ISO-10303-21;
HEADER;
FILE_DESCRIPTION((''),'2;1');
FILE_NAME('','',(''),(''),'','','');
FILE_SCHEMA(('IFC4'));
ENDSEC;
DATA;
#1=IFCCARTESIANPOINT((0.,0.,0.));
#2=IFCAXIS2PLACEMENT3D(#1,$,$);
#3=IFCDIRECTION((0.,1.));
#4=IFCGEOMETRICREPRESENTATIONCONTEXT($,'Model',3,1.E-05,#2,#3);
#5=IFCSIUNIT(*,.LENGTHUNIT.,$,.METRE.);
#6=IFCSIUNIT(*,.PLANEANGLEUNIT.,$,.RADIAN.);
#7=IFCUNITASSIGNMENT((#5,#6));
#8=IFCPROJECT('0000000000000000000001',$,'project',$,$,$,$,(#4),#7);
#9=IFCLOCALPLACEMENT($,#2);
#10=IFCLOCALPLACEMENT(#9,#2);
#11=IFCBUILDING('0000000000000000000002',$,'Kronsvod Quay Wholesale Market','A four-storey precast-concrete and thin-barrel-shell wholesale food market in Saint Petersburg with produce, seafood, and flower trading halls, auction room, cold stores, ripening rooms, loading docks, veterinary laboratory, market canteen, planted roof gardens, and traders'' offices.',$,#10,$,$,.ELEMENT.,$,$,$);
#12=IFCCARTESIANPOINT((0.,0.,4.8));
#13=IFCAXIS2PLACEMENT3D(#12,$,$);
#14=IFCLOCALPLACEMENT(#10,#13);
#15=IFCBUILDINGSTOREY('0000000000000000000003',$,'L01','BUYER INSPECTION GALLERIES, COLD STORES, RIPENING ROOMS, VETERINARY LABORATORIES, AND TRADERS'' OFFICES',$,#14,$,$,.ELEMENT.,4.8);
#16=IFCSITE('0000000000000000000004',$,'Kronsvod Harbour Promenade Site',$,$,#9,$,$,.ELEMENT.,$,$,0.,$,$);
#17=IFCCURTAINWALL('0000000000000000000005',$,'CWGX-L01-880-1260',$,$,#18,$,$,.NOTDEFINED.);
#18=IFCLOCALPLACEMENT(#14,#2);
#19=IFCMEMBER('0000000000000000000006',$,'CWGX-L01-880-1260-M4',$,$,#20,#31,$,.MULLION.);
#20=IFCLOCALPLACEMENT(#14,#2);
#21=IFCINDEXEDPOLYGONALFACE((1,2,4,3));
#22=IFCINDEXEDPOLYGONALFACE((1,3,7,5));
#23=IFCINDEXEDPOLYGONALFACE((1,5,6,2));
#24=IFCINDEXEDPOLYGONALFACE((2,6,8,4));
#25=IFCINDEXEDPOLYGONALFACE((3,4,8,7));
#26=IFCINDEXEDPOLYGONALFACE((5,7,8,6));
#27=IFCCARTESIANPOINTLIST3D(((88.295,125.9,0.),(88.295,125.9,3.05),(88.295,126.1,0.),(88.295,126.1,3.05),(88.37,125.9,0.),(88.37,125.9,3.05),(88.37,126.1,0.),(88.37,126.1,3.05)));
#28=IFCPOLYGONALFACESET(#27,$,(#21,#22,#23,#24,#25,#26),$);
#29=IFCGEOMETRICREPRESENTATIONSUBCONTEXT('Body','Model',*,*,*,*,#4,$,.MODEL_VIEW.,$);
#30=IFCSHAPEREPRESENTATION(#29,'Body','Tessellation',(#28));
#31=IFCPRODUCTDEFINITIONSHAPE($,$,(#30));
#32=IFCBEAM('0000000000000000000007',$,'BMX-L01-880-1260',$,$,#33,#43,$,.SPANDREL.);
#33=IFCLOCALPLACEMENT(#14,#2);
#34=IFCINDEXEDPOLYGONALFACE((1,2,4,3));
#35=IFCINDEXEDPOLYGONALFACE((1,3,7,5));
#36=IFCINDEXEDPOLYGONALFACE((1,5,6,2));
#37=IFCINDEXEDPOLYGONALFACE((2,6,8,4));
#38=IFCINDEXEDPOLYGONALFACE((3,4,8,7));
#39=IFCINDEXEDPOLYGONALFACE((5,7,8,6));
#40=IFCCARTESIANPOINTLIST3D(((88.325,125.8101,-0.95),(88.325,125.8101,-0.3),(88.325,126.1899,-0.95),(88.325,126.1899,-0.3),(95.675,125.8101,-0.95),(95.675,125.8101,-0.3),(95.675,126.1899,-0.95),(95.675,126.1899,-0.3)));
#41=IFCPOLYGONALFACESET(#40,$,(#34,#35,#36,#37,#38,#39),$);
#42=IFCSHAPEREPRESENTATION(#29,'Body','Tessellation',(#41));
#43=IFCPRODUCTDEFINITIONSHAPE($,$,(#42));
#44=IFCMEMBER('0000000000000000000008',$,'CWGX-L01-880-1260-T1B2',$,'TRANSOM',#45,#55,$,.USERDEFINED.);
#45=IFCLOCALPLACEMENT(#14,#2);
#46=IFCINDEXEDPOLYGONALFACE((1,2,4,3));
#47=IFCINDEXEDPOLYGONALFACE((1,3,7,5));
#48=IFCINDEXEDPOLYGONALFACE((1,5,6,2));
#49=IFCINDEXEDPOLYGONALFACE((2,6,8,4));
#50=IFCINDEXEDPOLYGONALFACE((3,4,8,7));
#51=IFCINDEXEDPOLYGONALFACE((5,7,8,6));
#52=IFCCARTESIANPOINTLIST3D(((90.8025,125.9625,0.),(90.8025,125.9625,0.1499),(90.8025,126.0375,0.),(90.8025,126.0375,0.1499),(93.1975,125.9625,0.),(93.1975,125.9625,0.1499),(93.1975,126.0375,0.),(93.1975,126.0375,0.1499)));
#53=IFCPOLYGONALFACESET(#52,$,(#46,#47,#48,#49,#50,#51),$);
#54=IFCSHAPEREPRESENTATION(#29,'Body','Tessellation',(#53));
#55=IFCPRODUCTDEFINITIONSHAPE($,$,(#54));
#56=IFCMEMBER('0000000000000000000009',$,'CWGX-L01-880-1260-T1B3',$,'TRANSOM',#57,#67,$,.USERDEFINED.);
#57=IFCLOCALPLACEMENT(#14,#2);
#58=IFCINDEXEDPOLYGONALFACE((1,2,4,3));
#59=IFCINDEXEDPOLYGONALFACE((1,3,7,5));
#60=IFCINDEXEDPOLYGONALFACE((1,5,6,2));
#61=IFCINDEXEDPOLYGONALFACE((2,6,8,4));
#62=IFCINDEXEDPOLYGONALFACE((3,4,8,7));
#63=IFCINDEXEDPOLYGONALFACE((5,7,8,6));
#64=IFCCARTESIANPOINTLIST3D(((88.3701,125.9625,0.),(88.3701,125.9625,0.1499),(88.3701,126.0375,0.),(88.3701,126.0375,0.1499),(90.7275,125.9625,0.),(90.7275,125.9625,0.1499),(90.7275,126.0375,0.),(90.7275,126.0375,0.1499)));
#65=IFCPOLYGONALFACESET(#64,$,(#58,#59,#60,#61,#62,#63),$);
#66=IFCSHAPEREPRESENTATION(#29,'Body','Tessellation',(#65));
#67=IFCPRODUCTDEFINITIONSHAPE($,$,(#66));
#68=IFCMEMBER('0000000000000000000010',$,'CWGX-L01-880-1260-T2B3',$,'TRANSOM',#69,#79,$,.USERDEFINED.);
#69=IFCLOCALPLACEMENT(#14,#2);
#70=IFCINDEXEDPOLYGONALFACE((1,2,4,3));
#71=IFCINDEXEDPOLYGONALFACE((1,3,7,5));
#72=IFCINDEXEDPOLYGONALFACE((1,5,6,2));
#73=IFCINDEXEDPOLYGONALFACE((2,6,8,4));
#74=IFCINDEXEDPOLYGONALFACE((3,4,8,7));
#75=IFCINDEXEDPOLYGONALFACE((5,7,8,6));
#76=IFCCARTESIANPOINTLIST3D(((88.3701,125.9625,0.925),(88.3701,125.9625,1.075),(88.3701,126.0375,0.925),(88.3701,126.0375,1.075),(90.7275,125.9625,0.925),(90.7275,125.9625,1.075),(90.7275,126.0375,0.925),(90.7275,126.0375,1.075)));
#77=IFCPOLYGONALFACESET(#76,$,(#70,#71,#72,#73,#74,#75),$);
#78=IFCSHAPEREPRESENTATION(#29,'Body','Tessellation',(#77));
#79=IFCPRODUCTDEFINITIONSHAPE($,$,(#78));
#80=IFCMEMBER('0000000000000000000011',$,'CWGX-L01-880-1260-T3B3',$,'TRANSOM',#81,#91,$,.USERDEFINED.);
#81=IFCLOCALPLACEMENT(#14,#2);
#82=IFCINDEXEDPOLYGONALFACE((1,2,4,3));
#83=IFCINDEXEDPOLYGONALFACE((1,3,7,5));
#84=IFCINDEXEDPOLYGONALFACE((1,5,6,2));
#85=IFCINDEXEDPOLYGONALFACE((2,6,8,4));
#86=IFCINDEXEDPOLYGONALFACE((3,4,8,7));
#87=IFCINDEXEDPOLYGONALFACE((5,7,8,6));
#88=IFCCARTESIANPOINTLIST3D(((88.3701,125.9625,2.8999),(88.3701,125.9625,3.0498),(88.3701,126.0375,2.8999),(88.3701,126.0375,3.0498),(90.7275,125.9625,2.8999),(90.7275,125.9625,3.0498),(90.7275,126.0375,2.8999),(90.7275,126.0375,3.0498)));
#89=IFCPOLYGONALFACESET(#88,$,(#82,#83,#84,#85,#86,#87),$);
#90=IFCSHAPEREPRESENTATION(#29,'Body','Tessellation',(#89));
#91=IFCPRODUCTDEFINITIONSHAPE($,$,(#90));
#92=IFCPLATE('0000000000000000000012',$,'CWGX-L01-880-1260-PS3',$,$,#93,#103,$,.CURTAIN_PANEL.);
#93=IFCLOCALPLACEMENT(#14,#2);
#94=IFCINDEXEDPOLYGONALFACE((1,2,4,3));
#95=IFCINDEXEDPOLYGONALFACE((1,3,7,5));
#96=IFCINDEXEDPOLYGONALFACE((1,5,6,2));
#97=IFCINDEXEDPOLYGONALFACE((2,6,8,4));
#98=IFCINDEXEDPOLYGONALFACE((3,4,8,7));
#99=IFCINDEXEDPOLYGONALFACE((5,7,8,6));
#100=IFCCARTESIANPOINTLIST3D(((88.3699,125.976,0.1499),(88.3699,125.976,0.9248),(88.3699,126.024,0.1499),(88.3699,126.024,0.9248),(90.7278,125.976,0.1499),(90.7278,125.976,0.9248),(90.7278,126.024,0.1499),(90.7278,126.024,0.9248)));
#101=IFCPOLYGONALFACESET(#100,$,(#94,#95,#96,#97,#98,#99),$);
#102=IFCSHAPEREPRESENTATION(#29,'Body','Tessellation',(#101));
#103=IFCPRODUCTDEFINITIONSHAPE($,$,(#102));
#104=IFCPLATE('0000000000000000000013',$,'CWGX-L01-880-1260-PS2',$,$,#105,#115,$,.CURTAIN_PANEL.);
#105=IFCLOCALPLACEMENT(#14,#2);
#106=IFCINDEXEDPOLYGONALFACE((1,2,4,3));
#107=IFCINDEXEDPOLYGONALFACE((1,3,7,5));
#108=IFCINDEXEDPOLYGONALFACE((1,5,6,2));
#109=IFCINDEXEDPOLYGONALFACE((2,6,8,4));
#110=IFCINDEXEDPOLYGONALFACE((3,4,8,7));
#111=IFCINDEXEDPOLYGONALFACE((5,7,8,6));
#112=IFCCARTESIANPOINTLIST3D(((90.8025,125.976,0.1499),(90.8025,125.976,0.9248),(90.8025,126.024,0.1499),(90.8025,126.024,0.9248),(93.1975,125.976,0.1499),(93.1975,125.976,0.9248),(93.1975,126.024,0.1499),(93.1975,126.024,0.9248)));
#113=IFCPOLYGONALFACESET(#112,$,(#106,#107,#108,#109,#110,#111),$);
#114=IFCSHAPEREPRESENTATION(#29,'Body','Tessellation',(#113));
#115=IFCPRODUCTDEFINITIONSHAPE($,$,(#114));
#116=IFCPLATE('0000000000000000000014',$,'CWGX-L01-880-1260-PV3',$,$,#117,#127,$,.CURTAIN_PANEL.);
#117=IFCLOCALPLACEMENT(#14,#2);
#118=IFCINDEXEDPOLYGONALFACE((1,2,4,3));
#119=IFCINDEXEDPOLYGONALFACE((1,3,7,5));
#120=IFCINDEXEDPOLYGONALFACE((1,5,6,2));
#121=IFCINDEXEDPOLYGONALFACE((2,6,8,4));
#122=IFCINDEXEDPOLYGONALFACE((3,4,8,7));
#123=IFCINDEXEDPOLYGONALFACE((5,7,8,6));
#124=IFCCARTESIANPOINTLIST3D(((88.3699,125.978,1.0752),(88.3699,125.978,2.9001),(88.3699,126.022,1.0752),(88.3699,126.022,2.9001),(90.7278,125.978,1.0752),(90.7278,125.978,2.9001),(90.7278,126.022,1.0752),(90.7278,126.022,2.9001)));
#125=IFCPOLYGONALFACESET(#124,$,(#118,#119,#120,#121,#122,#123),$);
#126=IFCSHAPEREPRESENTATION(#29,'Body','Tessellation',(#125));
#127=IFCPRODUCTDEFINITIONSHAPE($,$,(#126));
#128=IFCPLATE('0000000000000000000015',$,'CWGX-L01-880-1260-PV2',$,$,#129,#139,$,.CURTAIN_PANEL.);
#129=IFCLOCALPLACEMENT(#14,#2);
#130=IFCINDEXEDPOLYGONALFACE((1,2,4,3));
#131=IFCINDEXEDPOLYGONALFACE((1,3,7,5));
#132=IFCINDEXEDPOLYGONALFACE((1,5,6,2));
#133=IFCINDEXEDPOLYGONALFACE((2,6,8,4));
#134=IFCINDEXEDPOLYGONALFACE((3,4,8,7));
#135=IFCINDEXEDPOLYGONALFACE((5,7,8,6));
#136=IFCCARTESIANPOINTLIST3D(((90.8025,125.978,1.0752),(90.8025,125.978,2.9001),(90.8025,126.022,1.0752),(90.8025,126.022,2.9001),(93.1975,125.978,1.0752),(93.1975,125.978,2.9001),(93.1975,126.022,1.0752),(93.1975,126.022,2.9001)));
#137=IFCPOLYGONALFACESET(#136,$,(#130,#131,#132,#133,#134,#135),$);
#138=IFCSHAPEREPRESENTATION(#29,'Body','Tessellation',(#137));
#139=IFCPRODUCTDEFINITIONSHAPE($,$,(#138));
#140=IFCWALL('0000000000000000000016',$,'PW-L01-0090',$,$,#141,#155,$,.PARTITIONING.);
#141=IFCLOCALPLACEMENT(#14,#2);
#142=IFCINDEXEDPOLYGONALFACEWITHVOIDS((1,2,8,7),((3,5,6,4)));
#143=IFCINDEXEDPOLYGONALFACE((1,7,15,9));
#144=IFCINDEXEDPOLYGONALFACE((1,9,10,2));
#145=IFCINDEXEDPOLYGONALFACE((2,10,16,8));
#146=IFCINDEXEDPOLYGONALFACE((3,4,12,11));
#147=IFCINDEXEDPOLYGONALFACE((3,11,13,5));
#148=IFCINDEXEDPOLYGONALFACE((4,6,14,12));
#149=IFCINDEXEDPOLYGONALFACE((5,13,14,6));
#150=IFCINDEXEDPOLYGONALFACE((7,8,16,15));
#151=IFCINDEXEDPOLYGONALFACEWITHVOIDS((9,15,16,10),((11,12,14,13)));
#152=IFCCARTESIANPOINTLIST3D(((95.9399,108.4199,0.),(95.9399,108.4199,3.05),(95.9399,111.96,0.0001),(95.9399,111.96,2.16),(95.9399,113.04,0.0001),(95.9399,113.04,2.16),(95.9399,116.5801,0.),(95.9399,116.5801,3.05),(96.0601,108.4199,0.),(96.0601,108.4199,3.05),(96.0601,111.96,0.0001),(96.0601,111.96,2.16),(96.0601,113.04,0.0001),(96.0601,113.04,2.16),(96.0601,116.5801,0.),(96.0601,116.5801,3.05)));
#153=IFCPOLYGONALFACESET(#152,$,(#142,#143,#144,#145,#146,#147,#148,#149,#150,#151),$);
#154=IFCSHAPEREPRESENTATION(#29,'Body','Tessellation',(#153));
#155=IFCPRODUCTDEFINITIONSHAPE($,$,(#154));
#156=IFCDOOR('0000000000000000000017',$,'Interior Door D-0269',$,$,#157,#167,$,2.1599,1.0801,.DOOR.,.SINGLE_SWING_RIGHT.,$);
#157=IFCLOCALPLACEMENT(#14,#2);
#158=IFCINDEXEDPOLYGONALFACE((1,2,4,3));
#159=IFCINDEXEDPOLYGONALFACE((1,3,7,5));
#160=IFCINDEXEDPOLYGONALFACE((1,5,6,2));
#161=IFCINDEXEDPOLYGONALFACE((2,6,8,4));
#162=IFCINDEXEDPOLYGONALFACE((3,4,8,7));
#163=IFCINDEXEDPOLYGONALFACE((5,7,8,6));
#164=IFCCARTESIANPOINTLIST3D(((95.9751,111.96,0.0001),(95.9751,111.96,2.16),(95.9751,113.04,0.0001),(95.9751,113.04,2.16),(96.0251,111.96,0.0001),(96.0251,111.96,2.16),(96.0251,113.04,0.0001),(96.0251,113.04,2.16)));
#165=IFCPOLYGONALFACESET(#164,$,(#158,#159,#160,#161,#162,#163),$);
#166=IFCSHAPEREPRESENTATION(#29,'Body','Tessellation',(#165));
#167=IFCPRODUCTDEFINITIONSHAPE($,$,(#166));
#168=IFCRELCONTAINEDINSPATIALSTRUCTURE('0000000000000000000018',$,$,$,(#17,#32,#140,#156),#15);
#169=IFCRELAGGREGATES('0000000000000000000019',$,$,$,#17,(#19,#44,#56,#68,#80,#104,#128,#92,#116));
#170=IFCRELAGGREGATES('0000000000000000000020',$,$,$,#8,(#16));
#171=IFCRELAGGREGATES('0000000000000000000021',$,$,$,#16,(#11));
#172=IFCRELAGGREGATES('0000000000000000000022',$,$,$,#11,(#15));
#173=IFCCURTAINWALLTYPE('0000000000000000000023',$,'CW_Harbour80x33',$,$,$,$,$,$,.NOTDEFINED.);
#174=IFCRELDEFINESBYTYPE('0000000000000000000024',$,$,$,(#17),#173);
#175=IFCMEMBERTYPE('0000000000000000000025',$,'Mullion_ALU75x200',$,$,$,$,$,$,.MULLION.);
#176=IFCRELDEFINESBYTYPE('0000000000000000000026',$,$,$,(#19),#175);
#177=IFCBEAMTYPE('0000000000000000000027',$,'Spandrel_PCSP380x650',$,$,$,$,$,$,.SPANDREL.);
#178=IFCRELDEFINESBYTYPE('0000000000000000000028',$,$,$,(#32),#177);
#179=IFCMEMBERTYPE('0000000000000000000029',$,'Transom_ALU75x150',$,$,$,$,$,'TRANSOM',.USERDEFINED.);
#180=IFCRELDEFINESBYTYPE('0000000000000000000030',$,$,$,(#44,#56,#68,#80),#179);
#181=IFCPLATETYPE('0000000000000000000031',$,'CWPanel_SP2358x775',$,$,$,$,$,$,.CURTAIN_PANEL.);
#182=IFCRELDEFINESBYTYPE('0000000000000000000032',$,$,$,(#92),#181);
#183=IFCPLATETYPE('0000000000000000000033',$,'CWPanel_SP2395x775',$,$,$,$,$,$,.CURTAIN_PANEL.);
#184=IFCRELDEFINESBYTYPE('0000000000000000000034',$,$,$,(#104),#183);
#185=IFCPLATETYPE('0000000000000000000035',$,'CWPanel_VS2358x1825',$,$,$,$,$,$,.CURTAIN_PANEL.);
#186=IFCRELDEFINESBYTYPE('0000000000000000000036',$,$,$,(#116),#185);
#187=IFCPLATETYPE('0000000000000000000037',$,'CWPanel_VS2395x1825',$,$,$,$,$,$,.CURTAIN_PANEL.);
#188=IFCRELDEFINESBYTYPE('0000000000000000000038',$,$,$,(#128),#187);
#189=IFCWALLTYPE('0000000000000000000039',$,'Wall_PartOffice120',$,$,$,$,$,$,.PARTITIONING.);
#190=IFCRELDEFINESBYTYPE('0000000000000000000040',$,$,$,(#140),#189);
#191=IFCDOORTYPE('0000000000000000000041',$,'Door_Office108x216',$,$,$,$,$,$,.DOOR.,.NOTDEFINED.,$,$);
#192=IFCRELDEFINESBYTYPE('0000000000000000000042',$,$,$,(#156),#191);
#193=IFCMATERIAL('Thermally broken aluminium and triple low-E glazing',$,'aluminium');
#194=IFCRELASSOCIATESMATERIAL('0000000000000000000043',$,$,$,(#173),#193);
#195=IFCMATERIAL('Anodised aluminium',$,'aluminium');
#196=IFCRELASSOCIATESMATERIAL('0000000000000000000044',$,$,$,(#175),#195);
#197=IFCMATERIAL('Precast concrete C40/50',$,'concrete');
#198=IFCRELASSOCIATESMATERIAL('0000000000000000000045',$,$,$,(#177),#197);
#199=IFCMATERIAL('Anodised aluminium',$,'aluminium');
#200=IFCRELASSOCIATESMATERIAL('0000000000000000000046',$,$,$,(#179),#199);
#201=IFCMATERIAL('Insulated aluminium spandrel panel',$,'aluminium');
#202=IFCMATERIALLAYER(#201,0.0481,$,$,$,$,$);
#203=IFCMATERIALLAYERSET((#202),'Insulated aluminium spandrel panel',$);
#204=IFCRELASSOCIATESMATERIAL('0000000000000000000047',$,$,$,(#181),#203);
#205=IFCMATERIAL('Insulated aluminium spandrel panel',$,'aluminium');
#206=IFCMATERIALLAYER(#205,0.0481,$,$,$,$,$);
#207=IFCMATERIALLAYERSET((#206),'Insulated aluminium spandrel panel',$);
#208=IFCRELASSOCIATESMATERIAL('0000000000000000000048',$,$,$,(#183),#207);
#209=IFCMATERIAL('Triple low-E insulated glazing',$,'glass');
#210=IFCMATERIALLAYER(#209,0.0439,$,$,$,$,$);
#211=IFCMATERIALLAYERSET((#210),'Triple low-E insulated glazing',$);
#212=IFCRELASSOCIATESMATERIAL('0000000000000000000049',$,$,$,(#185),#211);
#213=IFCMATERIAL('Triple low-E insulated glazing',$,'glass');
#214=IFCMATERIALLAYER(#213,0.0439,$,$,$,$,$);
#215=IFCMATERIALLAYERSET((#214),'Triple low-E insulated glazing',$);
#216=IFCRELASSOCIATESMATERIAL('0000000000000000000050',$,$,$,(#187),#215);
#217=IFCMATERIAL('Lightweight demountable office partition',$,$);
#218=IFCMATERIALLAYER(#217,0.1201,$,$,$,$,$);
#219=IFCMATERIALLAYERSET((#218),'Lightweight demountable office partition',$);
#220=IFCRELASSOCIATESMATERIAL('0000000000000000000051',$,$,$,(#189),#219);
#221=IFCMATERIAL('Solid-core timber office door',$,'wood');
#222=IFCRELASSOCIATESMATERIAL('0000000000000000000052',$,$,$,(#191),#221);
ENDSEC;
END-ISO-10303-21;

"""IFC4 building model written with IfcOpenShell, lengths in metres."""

from ifc_helpers import new_model, si_unit, direction, frame, frame_2d, origin, origin_2d, place, context, subcontext, project, spatial, rectangle, extrude, material, layer, layer_set, material_profile, profile_set, type_object, element, fill, aggregate, save


model = new_model("IFC4")

# Units and contexts
model_context = context("Model", 3, precision=1e-05, world=origin(), true_north=direction((0.0, 1.0)))
body_context = subcontext(model_context, "Body", "Model", "MODEL_VIEW")
ifc_project = project(units=[si_unit("LENGTHUNIT", "METRE"), si_unit("PLANEANGLEUNIT", "RADIAN")], contexts=[model_context])

# Site, building, storey
site_placement = place(None, origin())
site = spatial("IfcSite", under=ifc_project, at=site_placement, Name="Kronsvod Harbour Promenade Site", CompositionType="ELEMENT", RefElevation=0.0)
building_placement = place(site_placement, origin())
building = spatial("IfcBuilding", under=site, at=building_placement, Name="Kronsvod Quay Wholesale Market", Description="A four-storey precast-concrete and thin-barrel-shell wholesale food market in Saint Petersburg with produce, seafood, and flower trading halls, auction room, cold stores, ripening rooms, loading docks, veterinary laboratory, market canteen, planted roof gardens, and traders' offices.", CompositionType="ELEMENT")
storey_placement = place(building_placement, frame((0.0, 0.0, 4.8)))
storey = spatial("IfcBuildingStorey", under=building, at=storey_placement, Name="L01", Description="BUYER INSPECTION GALLERIES, COLD STORES, RIPENING ROOMS, VETERINARY LABORATORIES, AND TRADERS' OFFICES", CompositionType="ELEMENT", Elevation=4.8)

# Curtain wall, member
ifc_material_1 = material(Name="Thermally broken aluminium and triple low-E glazing", Category="aluminium")
curtain_wall_type = type_object("IfcCurtainWallType", Name="CW_Harbour80x33", PredefinedType="NOTDEFINED", material=ifc_material_1)
curtain_wall_placement = place(storey_placement, origin())
curtain_wall = element("IfcCurtainWall", 1, at=curtain_wall_placement, inside=storey, type_object=curtain_wall_type, Name="CWGX-L01-880-1260", PredefinedType="NOTDEFINED")
ifc_material_2 = material(Name="Anodised aluminium", Category="aluminium")
ifc_material_profile_1 = material_profile(ifc_material_2, rectangle(XDim=0.075, YDim=0.2, at=origin_2d()), Name="ALUM75x200")
ifc_profile_set_1 = profile_set([ifc_material_profile_1], Name="Anodised aluminium")
member_type_1 = type_object("IfcMemberType", Name="Mullion_ALU75x200", PredefinedType="MULLION", material=ifc_profile_set_1)
member_1_placement = place(storey_placement, frame((88.3325, 126.0, 0.0), z_axis=(0.0, 0.0, 1.0), x_axis=(1.0, 0.0, 0.0)))
member_1 = element("IfcMember", 2, at=member_1_placement, type_object=member_type_1, Name="CWGX-L01-880-1260-M4", PredefinedType="MULLION", context=body_context, shape_type="SweptSolid", body=[
    extrude(rectangle(XDim=0.075, YDim=0.2, at=origin_2d()), origin(), (0.0, 0.0, 1.0), 3.05),
])

# Beam
ifc_material_3 = material(Name="Precast concrete C40/50", Category="concrete")
ifc_material_profile_2 = material_profile(ifc_material_3, rectangle(XDim=0.3799, YDim=0.6499, at=origin_2d()), Name="SPB-03")
ifc_profile_set_2 = profile_set([ifc_material_profile_2], Name="Precast concrete C40/50")
beam_type_1 = type_object("IfcBeamType", Name="Spandrel_PCSP380x650", PredefinedType="SPANDREL", material=ifc_profile_set_2)
beam_1_placement = place(storey_placement, frame((88.325, 126.0, -0.625), z_axis=(1.0, 0.0, 0.0), x_axis=(0.0, 1.0, 0.0)))
element("IfcBeam", 3, at=beam_1_placement, inside=storey, type_object=beam_type_1, Name="BMX-L01-880-1260", PredefinedType="SPANDREL", context=body_context, shape_type="SweptSolid", body=[
    extrude(rectangle(XDim=0.3799, YDim=0.6499, at=origin_2d()), origin(), (0.0, 0.0, 1.0), 7.3501),
])

# Members
ifc_material_4 = material(Name="Anodised aluminium", Category="aluminium")
ifc_material_profile_3 = material_profile(ifc_material_4, rectangle(XDim=0.075, YDim=0.1499, at=origin_2d()), Name="ALUT75x150")
ifc_profile_set_3 = profile_set([ifc_material_profile_3], Name="Anodised aluminium")
member_type_2 = type_object("IfcMemberType", Name="Transom_ALU75x150", ElementType="TRANSOM", PredefinedType="USERDEFINED", material=ifc_profile_set_3)
member_2_placement = place(storey_placement, frame((93.1975, 126.0, 0.075), z_axis=(-1.0, 0.0, 0.0), x_axis=(0.0, -1.0, 0.0)))
member_2 = element("IfcMember", 4, at=member_2_placement, type_object=member_type_2, Name="CWGX-L01-880-1260-T1B2", ObjectType="TRANSOM", PredefinedType="USERDEFINED", context=body_context, shape_type="SweptSolid", body=[
    extrude(rectangle(XDim=0.075, YDim=0.1499, at=origin_2d()), origin(), (0.0, 0.0, 1.0), 2.395),
])
member_3_placement = place(storey_placement, frame((90.7275, 126.0, 0.075), z_axis=(-1.0, 0.0, 0.0), x_axis=(0.0, -1.0, 0.0)))
member_3 = element("IfcMember", 5, at=member_3_placement, type_object=member_type_2, Name="CWGX-L01-880-1260-T1B3", ObjectType="TRANSOM", PredefinedType="USERDEFINED", context=body_context, shape_type="SweptSolid", body=[
    extrude(rectangle(XDim=0.075, YDim=0.1499, at=origin_2d()), origin(), (0.0, 0.0, 1.0), 2.3574),
])
member_4_placement = place(storey_placement, frame((90.7275, 126.0, 1.0), z_axis=(-1.0, 0.0, 0.0), x_axis=(0.0, -1.0, 0.0)))
member_4 = element("IfcMember", 6, at=member_4_placement, type_object=member_type_2, Name="CWGX-L01-880-1260-T2B3", ObjectType="TRANSOM", PredefinedType="USERDEFINED", context=body_context, shape_type="SweptSolid", body=[
    extrude(rectangle(XDim=0.075, YDim=0.1499, at=origin_2d()), origin(), (0.0, 0.0, 1.0), 2.3574),
])
member_5_placement = place(storey_placement, frame((90.7275, 126.0, 2.9749), z_axis=(-1.0, 0.0, 0.0), x_axis=(0.0, -1.0, 0.0)))
member_5 = element("IfcMember", 7, at=member_5_placement, type_object=member_type_2, Name="CWGX-L01-880-1260-T3B3", ObjectType="TRANSOM", PredefinedType="USERDEFINED", context=body_context, shape_type="SweptSolid", body=[
    extrude(rectangle(XDim=0.075, YDim=0.1499, at=origin_2d()), origin(), (0.0, 0.0, 1.0), 2.3574),
])

# Plates
ifc_material_5 = material(Name="Insulated aluminium spandrel panel", Category="aluminium")
ifc_layer_1 = layer(ifc_material_5, 0.0481)
ifc_layer_set_1 = layer_set([ifc_layer_1], Name="Insulated aluminium spandrel panel")
plate_type_1 = type_object("IfcPlateType", Name="CWPanel_SP2358x775", PredefinedType="CURTAIN_PANEL", material=ifc_layer_set_1)
plate_1_placement = place(storey_placement, frame((89.5488, 126.0, 0.1499), z_axis=(0.0, 0.0, 1.0), x_axis=(-1.0, 0.0, 0.0)))
plate_1 = element("IfcPlate", 8, at=plate_1_placement, type_object=plate_type_1, Name="CWGX-L01-880-1260-PS3", PredefinedType="CURTAIN_PANEL", context=body_context, shape_type="SweptSolid", body=[
    extrude(rectangle(XDim=2.3579, YDim=0.0481, at=origin_2d()), origin(), (0.0, 0.0, 1.0), 0.7749),
])
ifc_material_6 = material(Name="Insulated aluminium spandrel panel", Category="aluminium")
ifc_layer_2 = layer(ifc_material_6, 0.0481)
ifc_layer_set_2 = layer_set([ifc_layer_2], Name="Insulated aluminium spandrel panel")
plate_type_2 = type_object("IfcPlateType", Name="CWPanel_SP2395x775", PredefinedType="CURTAIN_PANEL", material=ifc_layer_set_2)
plate_2_placement = place(storey_placement, frame((92.0, 126.0, 0.1499), z_axis=(0.0, 0.0, 1.0), x_axis=(-1.0, 0.0, 0.0)))
plate_2 = element("IfcPlate", 9, at=plate_2_placement, type_object=plate_type_2, Name="CWGX-L01-880-1260-PS2", PredefinedType="CURTAIN_PANEL", context=body_context, shape_type="SweptSolid", body=[
    extrude(rectangle(XDim=2.395, YDim=0.0481, at=origin_2d()), origin(), (0.0, 0.0, 1.0), 0.7749),
])
ifc_material_7 = material(Name="Triple low-E insulated glazing", Category="glass")
ifc_layer_3 = layer(ifc_material_7, 0.0439)
ifc_layer_set_3 = layer_set([ifc_layer_3], Name="Triple low-E insulated glazing")
plate_type_3 = type_object("IfcPlateType", Name="CWPanel_VS2358x1825", PredefinedType="CURTAIN_PANEL", material=ifc_layer_set_3)
plate_3_placement = place(storey_placement, frame((89.5488, 126.0, 1.0752), z_axis=(0.0, 0.0, 1.0), x_axis=(-1.0, 0.0, 0.0)))
plate_3 = element("IfcPlate", 10, at=plate_3_placement, type_object=plate_type_3, Name="CWGX-L01-880-1260-PV3", PredefinedType="CURTAIN_PANEL", context=body_context, shape_type="SweptSolid", body=[
    extrude(rectangle(XDim=2.3579, YDim=0.0439, at=origin_2d()), origin(), (0.0, 0.0, 1.0), 1.825),
])
ifc_material_8 = material(Name="Triple low-E insulated glazing", Category="glass")
ifc_layer_4 = layer(ifc_material_8, 0.0439)
ifc_layer_set_4 = layer_set([ifc_layer_4], Name="Triple low-E insulated glazing")
plate_type_4 = type_object("IfcPlateType", Name="CWPanel_VS2395x1825", PredefinedType="CURTAIN_PANEL", material=ifc_layer_set_4)
plate_4_placement = place(storey_placement, frame((92.0, 126.0, 1.0752), z_axis=(0.0, 0.0, 1.0), x_axis=(-1.0, 0.0, 0.0)))
plate_4 = element("IfcPlate", 11, at=plate_4_placement, type_object=plate_type_4, Name="CWGX-L01-880-1260-PV2", PredefinedType="CURTAIN_PANEL", context=body_context, shape_type="SweptSolid", body=[
    extrude(rectangle(XDim=2.395, YDim=0.0439, at=origin_2d()), origin(), (0.0, 0.0, 1.0), 1.825),
])
aggregate(curtain_wall, [member_1, member_2, member_3, member_4, member_5, plate_2, plate_4, plate_1, plate_3])

# Wall, opening, door
ifc_material_9 = material(Name="Lightweight demountable office partition")
ifc_layer_5 = layer(ifc_material_9, 0.1201)
ifc_layer_set_5 = layer_set([ifc_layer_5], Name="Lightweight demountable office partition")
wall_type_1 = type_object("IfcWallType", Name="Wall_PartOffice120", PredefinedType="PARTITIONING", material=ifc_layer_set_5)
wall_1_placement = place(storey_placement, frame((96.0, 108.4199, 0.0), z_axis=(0.0, 0.0, 1.0), x_axis=(0.0, 1.0, 0.0)))
wall_1 = element("IfcWall", 12, at=wall_1_placement, inside=storey, type_object=wall_type_1, Name="PW-L01-0090", PredefinedType="PARTITIONING", context=body_context, shape_type="SweptSolid", body=[
    extrude(rectangle(XDim=8.1602, YDim=0.1201, at=frame_2d((4.0801, 0.0))), origin(), (0.0, 0.0, 1.0), 3.05),
])
opening_1_placement = place(wall_1_placement, frame((3.54, 0.0, 0.0)))
opening_1 = element("IfcOpeningElement", 13, at=opening_1_placement, cuts=wall_1, PredefinedType="OPENING", context=body_context, shape_type="SweptSolid", body=[
    extrude(rectangle(XDim=1.0801, YDim=2.1599, at=frame_2d((0.54, 1.0801))), frame((0.0, 0.0701, 0.0), z_axis=(0.0, -1.0, 0.0), x_axis=(1.0, 0.0, 0.0)), (0.0, 0.0, 1.0), 0.1401),
])
ifc_material_10 = material(Name="Solid-core timber office door", Category="wood")
door_type_1 = type_object("IfcDoorType", Name="Door_Office108x216", OperationType="NOTDEFINED", PredefinedType="DOOR", material=ifc_material_10)
door_1_placement = place(opening_1_placement, origin())
door_1 = element("IfcDoor", 14, at=door_1_placement, inside=storey, type_object=door_type_1, Name="Interior Door D-0269", OperationType="SINGLE_SWING_RIGHT", OverallHeight=2.1599, OverallWidth=1.0801, PredefinedType="DOOR", context=body_context, shape_type="SweptSolid", body=[
    extrude(rectangle(XDim=1.0801, YDim=2.1599, at=frame_2d((0.54, 1.0801))), frame((0.0, 0.0249, 0.0), z_axis=(0.0, -1.0, 0.0), x_axis=(1.0, 0.0, 0.0)), (0.0, 0.0, 1.0), 0.05),
])
fill(opening_1, door_1)

save(model, "model.ifc")
